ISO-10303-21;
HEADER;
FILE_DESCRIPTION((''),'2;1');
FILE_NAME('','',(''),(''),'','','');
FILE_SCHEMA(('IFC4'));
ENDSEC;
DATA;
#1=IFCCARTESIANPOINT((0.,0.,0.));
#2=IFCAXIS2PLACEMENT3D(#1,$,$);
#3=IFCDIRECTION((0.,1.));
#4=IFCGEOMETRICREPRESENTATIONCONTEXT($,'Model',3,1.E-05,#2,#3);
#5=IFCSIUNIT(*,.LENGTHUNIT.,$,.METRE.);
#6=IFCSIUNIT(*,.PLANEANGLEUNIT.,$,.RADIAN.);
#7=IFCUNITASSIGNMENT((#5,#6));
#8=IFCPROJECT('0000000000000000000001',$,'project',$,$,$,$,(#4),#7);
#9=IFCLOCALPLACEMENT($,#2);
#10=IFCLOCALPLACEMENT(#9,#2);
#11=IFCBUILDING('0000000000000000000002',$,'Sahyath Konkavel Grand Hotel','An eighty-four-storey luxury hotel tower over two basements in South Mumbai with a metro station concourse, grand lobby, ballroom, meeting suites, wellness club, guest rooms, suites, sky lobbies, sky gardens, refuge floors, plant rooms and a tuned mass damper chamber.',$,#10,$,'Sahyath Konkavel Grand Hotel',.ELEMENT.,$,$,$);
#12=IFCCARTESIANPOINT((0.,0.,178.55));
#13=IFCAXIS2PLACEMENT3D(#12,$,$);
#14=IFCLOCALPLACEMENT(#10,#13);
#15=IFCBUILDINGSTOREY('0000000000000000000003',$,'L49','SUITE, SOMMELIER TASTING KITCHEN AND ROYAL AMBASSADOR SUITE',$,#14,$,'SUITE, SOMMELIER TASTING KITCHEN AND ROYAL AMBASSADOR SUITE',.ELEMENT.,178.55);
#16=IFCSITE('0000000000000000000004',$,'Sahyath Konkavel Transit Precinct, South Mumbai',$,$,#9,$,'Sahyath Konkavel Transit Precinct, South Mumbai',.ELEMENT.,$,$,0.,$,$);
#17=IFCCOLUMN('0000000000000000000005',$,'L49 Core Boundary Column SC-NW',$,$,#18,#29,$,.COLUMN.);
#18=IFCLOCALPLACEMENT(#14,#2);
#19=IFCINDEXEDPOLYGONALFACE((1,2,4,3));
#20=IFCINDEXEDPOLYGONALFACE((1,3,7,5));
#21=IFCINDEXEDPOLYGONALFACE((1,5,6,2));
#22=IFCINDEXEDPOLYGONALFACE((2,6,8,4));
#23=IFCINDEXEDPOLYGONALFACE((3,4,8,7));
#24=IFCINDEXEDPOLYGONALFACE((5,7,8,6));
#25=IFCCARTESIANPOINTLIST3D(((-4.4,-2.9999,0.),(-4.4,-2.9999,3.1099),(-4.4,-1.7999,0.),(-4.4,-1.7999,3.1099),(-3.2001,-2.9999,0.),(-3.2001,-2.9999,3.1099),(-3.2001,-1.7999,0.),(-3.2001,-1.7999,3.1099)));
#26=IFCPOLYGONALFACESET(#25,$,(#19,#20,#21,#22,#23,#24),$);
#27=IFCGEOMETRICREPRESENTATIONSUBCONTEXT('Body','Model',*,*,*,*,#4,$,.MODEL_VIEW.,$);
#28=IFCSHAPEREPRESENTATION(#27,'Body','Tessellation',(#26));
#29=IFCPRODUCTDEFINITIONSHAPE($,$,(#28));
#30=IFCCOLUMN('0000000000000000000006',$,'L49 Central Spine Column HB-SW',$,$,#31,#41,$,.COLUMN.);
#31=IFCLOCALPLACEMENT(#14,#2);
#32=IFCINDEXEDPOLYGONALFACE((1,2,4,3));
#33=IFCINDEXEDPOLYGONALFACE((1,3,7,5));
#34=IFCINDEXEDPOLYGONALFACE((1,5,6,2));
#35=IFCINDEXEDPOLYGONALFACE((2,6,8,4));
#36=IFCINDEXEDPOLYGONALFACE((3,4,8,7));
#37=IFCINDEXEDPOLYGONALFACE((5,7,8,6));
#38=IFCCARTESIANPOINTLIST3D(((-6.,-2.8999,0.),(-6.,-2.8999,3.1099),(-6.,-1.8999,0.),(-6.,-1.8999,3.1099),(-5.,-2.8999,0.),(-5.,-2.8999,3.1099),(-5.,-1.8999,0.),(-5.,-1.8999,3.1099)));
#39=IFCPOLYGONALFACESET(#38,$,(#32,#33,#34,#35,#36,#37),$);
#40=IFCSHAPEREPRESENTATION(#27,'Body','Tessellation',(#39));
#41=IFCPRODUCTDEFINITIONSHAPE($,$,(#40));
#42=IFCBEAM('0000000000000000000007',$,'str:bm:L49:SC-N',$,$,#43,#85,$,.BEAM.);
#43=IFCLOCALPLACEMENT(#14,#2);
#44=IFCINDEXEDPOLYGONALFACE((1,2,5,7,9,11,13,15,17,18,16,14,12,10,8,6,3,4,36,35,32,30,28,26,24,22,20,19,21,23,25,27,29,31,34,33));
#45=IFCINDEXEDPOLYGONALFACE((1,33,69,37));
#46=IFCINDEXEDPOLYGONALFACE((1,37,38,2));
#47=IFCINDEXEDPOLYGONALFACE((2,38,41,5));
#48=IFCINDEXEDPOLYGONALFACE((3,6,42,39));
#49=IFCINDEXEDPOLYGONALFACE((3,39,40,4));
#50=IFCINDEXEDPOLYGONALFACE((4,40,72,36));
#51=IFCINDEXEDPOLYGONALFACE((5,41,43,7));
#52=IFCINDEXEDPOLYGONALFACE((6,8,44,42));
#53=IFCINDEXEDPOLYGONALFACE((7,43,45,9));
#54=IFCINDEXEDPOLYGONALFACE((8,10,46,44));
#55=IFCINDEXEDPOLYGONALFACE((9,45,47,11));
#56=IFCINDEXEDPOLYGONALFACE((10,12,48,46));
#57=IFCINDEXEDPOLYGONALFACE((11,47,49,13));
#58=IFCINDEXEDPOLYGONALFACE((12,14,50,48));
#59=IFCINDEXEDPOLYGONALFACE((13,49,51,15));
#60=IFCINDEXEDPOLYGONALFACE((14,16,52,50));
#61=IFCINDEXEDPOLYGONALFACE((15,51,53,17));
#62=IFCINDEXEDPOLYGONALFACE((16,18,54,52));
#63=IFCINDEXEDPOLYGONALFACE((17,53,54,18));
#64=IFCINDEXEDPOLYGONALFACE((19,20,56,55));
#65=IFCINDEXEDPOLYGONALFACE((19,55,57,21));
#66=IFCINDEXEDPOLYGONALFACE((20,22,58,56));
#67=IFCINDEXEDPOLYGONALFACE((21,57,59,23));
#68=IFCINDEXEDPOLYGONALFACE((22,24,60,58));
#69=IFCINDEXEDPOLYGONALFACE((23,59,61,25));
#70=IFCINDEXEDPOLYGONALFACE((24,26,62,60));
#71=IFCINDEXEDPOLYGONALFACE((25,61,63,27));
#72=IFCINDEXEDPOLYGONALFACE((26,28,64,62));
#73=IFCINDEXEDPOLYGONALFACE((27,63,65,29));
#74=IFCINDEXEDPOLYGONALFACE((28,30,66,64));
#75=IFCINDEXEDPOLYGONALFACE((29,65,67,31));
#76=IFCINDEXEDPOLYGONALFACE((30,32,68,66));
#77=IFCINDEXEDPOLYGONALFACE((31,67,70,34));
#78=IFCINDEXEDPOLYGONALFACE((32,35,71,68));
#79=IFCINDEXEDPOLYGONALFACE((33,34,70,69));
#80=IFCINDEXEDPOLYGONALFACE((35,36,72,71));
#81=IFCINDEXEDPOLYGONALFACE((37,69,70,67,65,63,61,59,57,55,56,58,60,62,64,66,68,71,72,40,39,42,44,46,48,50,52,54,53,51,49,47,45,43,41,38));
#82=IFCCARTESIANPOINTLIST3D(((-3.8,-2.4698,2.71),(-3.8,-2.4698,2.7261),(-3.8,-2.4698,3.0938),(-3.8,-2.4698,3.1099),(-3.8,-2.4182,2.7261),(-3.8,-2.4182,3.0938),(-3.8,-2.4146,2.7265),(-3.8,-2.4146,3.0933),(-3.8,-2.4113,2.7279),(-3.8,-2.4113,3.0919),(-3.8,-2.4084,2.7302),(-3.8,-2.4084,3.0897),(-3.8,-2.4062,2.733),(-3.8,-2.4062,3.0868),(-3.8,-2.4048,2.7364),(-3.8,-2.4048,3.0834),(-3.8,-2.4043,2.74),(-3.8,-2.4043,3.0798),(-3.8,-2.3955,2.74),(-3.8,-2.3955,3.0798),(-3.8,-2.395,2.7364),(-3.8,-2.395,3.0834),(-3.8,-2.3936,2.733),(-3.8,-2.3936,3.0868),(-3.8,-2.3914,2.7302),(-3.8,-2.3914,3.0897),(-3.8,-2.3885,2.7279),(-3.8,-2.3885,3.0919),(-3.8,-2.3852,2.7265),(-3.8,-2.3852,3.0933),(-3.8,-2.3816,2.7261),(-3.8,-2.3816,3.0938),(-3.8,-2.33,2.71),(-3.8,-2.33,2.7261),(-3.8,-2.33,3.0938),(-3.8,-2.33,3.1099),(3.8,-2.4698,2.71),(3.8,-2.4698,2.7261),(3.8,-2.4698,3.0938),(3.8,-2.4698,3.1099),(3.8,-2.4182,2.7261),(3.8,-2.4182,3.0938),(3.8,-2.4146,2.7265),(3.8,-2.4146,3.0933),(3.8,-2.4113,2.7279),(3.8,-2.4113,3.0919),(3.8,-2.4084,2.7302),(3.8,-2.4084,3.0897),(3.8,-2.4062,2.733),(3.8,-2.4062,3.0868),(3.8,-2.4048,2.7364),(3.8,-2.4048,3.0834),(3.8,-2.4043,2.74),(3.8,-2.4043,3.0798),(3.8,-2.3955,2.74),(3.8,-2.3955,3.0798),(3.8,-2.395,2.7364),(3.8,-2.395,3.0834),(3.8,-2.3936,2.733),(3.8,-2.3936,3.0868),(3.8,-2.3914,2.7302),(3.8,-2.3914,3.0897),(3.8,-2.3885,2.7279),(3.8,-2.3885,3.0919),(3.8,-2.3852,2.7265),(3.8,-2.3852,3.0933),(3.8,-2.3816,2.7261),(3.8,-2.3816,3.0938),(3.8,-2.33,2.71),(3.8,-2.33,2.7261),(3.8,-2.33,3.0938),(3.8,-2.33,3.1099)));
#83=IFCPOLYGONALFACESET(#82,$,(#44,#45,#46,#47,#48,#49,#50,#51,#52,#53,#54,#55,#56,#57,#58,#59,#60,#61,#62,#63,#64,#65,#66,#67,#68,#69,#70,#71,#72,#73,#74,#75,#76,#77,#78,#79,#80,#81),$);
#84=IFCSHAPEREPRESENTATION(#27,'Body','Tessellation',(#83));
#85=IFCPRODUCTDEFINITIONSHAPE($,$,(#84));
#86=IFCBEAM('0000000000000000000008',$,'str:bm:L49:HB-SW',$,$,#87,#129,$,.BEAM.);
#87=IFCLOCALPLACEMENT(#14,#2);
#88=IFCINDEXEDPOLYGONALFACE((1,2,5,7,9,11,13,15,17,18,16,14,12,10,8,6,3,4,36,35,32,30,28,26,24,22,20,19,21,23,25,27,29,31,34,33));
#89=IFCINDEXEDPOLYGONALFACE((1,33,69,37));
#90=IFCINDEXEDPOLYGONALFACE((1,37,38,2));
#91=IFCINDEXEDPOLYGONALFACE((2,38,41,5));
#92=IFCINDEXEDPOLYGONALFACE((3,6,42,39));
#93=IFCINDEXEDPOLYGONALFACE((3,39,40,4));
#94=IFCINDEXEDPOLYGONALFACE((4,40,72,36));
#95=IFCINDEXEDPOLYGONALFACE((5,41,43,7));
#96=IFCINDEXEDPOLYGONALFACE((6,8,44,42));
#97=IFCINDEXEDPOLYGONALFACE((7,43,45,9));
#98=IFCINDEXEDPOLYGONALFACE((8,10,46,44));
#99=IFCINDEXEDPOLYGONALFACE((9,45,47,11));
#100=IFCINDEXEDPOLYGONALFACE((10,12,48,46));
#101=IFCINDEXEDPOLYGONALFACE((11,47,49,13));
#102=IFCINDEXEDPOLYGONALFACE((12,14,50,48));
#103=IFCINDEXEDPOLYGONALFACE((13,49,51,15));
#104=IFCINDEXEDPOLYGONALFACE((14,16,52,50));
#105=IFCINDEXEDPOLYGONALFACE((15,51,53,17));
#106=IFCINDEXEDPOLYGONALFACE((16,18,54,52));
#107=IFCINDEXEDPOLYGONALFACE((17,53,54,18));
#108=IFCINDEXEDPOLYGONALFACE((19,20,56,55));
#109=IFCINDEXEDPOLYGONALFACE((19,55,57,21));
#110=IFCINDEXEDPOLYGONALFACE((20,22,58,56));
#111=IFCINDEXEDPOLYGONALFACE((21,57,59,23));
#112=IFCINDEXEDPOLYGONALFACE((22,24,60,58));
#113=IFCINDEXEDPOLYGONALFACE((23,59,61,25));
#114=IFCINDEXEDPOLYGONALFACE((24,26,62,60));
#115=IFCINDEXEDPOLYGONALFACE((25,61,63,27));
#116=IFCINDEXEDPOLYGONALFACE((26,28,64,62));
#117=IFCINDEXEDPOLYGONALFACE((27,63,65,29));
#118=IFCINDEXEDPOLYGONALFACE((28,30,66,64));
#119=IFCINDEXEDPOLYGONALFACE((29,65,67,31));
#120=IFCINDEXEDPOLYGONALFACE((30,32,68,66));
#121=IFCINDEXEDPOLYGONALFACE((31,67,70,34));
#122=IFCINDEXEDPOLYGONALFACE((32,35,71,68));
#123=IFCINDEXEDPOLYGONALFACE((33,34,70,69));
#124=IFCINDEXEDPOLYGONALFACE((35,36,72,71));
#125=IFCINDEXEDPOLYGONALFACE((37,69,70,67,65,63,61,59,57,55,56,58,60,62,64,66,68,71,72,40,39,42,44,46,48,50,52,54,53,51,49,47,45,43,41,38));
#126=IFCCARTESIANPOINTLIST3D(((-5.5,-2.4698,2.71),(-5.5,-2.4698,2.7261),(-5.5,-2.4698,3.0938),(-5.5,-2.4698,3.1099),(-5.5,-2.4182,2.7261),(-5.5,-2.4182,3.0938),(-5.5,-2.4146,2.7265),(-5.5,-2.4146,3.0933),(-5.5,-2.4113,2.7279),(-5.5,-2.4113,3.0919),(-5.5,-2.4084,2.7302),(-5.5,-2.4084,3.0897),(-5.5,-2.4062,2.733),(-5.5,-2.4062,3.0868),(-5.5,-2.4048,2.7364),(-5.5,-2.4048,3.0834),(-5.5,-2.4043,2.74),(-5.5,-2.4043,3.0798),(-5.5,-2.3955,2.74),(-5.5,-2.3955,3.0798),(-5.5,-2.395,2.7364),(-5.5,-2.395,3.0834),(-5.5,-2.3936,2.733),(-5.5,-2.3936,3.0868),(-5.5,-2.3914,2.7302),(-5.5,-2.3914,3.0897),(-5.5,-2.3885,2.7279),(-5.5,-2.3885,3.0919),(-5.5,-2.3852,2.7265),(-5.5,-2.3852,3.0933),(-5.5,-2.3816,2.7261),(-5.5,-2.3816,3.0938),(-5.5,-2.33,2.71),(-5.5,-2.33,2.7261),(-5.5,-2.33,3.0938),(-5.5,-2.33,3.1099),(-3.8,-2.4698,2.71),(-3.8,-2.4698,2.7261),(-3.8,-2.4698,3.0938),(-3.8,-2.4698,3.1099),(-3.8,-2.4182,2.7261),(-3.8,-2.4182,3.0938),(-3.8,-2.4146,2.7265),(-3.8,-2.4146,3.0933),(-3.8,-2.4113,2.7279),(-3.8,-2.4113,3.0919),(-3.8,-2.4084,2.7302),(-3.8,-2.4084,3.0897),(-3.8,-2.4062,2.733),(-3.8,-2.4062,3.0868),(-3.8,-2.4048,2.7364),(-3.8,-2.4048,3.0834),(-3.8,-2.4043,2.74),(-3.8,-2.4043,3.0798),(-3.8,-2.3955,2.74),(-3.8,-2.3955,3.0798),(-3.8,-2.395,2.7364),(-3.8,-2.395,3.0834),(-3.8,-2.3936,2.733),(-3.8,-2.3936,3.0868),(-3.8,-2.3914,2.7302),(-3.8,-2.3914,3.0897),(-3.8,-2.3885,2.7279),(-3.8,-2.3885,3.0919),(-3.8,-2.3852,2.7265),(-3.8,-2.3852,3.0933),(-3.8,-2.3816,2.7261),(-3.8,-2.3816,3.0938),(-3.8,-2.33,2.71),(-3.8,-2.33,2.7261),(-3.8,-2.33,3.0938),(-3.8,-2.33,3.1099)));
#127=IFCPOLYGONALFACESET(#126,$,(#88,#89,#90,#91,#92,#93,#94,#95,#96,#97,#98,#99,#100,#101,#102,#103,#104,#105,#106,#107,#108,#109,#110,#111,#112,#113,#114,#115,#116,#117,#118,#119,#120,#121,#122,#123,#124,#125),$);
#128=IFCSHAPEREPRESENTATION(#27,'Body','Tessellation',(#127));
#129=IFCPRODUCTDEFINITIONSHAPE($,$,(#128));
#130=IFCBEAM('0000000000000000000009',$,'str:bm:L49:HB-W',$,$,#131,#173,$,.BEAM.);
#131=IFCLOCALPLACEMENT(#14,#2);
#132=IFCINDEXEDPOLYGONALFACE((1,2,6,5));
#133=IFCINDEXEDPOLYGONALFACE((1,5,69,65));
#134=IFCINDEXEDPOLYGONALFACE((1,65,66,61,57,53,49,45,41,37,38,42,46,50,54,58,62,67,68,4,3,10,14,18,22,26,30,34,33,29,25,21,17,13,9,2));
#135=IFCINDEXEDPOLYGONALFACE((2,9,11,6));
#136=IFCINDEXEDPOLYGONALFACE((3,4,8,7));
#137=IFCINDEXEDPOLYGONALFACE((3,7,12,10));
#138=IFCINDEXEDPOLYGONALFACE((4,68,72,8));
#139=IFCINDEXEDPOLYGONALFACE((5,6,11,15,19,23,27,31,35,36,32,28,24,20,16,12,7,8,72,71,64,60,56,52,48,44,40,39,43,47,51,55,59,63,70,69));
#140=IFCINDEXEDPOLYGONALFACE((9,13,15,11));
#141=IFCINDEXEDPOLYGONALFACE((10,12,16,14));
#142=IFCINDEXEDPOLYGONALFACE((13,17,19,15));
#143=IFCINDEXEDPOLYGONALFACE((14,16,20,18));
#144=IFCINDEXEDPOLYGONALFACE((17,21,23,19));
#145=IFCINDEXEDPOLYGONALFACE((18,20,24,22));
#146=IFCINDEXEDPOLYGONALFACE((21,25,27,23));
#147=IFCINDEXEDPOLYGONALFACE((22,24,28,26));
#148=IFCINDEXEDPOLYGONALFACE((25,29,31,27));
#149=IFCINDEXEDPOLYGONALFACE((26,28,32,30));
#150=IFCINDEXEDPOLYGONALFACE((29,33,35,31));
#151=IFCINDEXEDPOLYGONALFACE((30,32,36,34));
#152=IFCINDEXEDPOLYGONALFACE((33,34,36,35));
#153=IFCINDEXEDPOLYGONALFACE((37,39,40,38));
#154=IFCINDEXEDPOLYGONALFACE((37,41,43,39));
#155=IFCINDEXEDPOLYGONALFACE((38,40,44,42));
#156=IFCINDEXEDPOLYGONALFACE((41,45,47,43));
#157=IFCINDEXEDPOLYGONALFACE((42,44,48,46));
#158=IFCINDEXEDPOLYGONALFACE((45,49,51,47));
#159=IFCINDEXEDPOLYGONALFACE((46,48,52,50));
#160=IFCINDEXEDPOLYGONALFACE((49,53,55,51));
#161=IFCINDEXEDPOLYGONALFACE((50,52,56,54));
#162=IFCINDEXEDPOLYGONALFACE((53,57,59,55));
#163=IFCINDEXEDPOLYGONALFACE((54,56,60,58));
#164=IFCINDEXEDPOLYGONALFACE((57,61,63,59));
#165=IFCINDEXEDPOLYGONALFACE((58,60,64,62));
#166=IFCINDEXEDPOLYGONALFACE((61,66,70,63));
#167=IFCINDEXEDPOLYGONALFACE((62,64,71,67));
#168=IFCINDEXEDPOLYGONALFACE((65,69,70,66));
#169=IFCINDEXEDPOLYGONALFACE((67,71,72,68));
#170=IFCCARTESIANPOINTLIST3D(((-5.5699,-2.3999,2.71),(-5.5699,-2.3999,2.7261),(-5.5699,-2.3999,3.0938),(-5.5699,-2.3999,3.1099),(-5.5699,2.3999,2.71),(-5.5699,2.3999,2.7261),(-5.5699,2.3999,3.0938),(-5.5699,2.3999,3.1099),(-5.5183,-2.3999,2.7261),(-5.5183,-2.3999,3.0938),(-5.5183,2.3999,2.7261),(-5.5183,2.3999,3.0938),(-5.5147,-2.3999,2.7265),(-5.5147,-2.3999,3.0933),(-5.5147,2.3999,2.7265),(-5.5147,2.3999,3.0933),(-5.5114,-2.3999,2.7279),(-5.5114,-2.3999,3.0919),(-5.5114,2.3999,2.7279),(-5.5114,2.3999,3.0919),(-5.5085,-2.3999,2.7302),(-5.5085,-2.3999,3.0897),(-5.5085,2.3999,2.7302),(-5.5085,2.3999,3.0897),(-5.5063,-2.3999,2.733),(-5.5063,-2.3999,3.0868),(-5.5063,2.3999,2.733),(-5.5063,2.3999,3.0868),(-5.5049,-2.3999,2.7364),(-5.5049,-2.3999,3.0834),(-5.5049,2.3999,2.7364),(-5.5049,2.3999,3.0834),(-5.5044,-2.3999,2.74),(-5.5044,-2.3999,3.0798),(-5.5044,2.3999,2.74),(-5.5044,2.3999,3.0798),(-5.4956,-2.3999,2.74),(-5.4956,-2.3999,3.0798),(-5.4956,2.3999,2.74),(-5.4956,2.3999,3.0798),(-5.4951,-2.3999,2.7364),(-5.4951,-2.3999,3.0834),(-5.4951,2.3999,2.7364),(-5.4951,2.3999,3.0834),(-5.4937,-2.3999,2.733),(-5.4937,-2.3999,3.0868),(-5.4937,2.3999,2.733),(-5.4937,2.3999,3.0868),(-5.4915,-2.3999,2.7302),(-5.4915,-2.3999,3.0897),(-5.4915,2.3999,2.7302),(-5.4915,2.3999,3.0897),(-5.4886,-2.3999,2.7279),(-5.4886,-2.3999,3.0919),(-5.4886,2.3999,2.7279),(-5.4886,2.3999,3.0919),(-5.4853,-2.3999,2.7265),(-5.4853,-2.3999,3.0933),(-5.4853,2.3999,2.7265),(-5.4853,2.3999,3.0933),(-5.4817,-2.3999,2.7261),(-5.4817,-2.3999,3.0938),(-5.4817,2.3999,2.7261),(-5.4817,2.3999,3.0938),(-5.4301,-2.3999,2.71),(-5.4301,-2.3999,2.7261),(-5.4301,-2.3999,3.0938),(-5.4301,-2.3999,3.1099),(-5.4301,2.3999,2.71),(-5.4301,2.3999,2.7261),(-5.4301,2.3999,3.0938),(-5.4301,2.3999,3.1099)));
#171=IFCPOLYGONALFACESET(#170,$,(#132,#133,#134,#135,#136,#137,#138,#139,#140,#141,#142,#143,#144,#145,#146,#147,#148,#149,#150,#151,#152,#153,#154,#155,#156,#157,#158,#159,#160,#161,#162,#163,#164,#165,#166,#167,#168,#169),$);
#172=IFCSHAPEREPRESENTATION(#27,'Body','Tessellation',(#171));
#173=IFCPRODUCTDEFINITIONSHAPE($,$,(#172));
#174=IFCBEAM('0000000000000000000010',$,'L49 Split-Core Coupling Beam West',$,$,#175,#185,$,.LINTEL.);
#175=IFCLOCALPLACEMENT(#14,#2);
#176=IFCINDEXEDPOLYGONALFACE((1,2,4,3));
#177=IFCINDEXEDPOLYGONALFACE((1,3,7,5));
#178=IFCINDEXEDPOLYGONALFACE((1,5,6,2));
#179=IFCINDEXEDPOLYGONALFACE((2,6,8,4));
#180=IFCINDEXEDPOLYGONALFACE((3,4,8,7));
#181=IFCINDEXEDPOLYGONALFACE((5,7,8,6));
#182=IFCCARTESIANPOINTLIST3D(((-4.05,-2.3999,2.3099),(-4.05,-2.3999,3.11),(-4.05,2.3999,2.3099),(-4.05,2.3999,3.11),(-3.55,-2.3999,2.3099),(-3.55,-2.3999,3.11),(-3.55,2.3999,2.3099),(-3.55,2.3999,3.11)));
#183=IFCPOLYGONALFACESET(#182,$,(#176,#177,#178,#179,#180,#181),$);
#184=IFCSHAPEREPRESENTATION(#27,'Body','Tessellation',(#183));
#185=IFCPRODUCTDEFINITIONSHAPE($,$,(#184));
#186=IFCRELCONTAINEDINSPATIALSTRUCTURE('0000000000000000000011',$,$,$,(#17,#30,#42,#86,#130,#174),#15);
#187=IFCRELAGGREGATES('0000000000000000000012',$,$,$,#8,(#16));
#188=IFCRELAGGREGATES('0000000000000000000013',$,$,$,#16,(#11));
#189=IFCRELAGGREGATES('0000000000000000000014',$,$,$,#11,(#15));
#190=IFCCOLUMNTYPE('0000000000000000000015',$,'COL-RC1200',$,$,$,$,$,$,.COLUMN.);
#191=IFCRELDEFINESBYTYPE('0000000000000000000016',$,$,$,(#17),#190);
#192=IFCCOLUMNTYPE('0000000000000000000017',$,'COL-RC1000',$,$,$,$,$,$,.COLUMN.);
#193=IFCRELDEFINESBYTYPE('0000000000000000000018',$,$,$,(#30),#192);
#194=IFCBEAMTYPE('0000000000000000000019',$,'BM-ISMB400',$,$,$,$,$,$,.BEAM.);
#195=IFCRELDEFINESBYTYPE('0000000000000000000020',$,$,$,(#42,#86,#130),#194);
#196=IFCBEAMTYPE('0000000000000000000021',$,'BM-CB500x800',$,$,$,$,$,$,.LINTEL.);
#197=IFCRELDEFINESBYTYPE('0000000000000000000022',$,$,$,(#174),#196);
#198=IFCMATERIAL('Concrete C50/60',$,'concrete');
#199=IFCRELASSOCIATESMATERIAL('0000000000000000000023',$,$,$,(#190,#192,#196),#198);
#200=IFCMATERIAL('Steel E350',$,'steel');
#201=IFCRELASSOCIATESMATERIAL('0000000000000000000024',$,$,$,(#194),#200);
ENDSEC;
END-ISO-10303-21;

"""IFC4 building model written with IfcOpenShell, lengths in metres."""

from ifc_helpers import new_model, si_unit, direction, frame, origin, origin_2d, place, context, subcontext, project, spatial, rectangle, i_section, extrude, source, transform, mapped, material, material_profile, profile_set, type_object, element, save


model = new_model("IFC4")

# Units and contexts
model_context = context("Model", 3, precision=1e-05, world=origin(), true_north=direction((0.0, 1.0)))
body_context = subcontext(model_context, "Body", "Model", "MODEL_VIEW")
ifc_project = project(units=[si_unit("LENGTHUNIT", "METRE"), si_unit("PLANEANGLEUNIT", "RADIAN")], contexts=[model_context])

# Site, building, storey
site_placement = place(None, origin())
site = spatial("IfcSite", under=ifc_project, at=site_placement, Name="Sahyath Konkavel Transit Precinct, South Mumbai", LongName="Sahyath Konkavel Transit Precinct, South Mumbai", CompositionType="ELEMENT", RefElevation=0.0)
building_placement = place(site_placement, origin())
building = spatial("IfcBuilding", under=site, at=building_placement, Name="Sahyath Konkavel Grand Hotel", Description="An eighty-four-storey luxury hotel tower over two basements in South Mumbai with a metro station concourse, grand lobby, ballroom, meeting suites, wellness club, guest rooms, suites, sky lobbies, sky gardens, refuge floors, plant rooms and a tuned mass damper chamber.", LongName="Sahyath Konkavel Grand Hotel", CompositionType="ELEMENT")
storey_placement = place(building_placement, frame((0.0, 0.0, 178.55)))
storey = spatial("IfcBuildingStorey", under=building, at=storey_placement, Name="L49", Description="SUITE, SOMMELIER TASTING KITCHEN AND ROYAL AMBASSADOR SUITE", LongName="SUITE, SOMMELIER TASTING KITCHEN AND ROYAL AMBASSADOR SUITE", CompositionType="ELEMENT", Elevation=178.55)

# Columns
ifc_material_1 = material(Name="Concrete C50/60", Category="concrete")
ifc_material_profile_1 = material_profile(ifc_material_1, rectangle(XDim=1.2, YDim=1.2, at=origin_2d()), Name="RC 1200x1200")
ifc_profile_set_1 = profile_set([ifc_material_profile_1], Name="Concrete C50/60")
column_type_1 = type_object("IfcColumnType", Name="COL-RC1200", PredefinedType="COLUMN", material=ifc_profile_set_1)
shared_shape_1 = source(origin(), body_context, "Body", "SweptSolid", [
    extrude(rectangle(XDim=1.2, YDim=1.2, at=origin_2d()), origin(), (0.0, 0.0, 1.0), 3.1099),
])
column_1_placement = place(storey_placement, frame((-3.8, -2.3999, 0.0), z_axis=(0.0, 0.0, 1.0), x_axis=(1.0, 0.0, 0.0)))
element("IfcColumn", 1, at=column_1_placement, inside=storey, type_object=column_type_1, Name="L49 Core Boundary Column SC-NW", PredefinedType="COLUMN", context=body_context, shape_type="MappedRepresentation", body=[
    mapped(shared_shape_1, transform((0.0, 0.0, 0.0), scale=1.0)),
])
ifc_material_profile_2 = material_profile(ifc_material_1, rectangle(XDim=1.0, YDim=1.0, at=origin_2d()), Name="RC 1000x1000")
ifc_profile_set_2 = profile_set([ifc_material_profile_2], Name="Concrete C50/60")
column_type_2 = type_object("IfcColumnType", Name="COL-RC1000", PredefinedType="COLUMN", material=ifc_profile_set_2)
shared_shape_2 = source(origin(), body_context, "Body", "SweptSolid", [
    extrude(rectangle(XDim=1.0, YDim=1.0, at=origin_2d()), origin(), (0.0, 0.0, 1.0), 3.1099),
])
column_2_placement = place(storey_placement, frame((-5.5, -2.3999, 0.0), z_axis=(0.0, 0.0, 1.0), x_axis=(1.0, 0.0, 0.0)))
element("IfcColumn", 2, at=column_2_placement, inside=storey, type_object=column_type_2, Name="L49 Central Spine Column HB-SW", PredefinedType="COLUMN", context=body_context, shape_type="MappedRepresentation", body=[
    mapped(shared_shape_2, transform((0.0, 0.0, 0.0), scale=1.0)),
])

# Beams
ifc_material_2 = material(Name="Steel E350", Category="steel")
ifc_material_profile_3 = material_profile(ifc_material_2, i_section(OverallWidth=0.1399, OverallDepth=0.3999, WebThickness=0.0088, FlangeThickness=0.0161, FilletRadius=0.0139, at=origin_2d()), Name="ISMB 400")
ifc_profile_set_3 = profile_set([ifc_material_profile_3], Name="Steel E350")
beam_type_1 = type_object("IfcBeamType", Name="BM-ISMB400", PredefinedType="BEAM", material=ifc_profile_set_3)
shared_shape_3 = source(origin(), body_context, "Body", "SweptSolid", [
    extrude(i_section(OverallWidth=0.1399, OverallDepth=0.3999, WebThickness=0.0088, FlangeThickness=0.0161, FilletRadius=0.0139, at=origin_2d()), origin(), (0.0, 0.0, 1.0), 7.6001),
])
beam_1_placement = place(storey_placement, frame((-3.8, -2.3999, 2.9099), z_axis=(1.0, 0.0, 0.0), x_axis=(0.0, 1.0, 0.0)))
element("IfcBeam", 3, at=beam_1_placement, inside=storey, type_object=beam_type_1, Name="str:bm:L49:SC-N", PredefinedType="BEAM", context=body_context, shape_type="MappedRepresentation", body=[
    mapped(shared_shape_3, transform((0.0, 0.0, 0.0), scale=1.0)),
])
shared_shape_4 = source(origin(), body_context, "Body", "SweptSolid", [
    extrude(i_section(OverallWidth=0.1399, OverallDepth=0.3999, WebThickness=0.0088, FlangeThickness=0.0161, FilletRadius=0.0139, at=origin_2d()), origin(), (0.0, 0.0, 1.0), 1.7),
])
beam_2_placement = place(storey_placement, frame((-5.5, -2.3999, 2.9099), z_axis=(1.0, 0.0, 0.0), x_axis=(0.0, 1.0, 0.0)))
element("IfcBeam", 4, at=beam_2_placement, inside=storey, type_object=beam_type_1, Name="str:bm:L49:HB-SW", PredefinedType="BEAM", context=body_context, shape_type="MappedRepresentation", body=[
    mapped(shared_shape_4, transform((0.0, 0.0, 0.0), scale=1.0)),
])
shared_shape_5 = source(origin(), body_context, "Body", "SweptSolid", [
    extrude(i_section(OverallWidth=0.1399, OverallDepth=0.3999, WebThickness=0.0088, FlangeThickness=0.0161, FilletRadius=0.0139, at=origin_2d()), origin(), (0.0, 0.0, 1.0), 4.7998),
])
beam_3_placement = place(storey_placement, frame((-5.5, -2.3999, 2.9099), z_axis=(0.0, 1.0, 0.0), x_axis=(-1.0, 0.0, 0.0)))
element("IfcBeam", 5, at=beam_3_placement, inside=storey, type_object=beam_type_1, Name="str:bm:L49:HB-W", PredefinedType="BEAM", context=body_context, shape_type="MappedRepresentation", body=[
    mapped(shared_shape_5, transform((0.0, 0.0, 0.0), scale=1.0)),
])
ifc_material_profile_4 = material_profile(ifc_material_1, rectangle(XDim=0.5, YDim=0.8, at=origin_2d()), Name="RC 500x800")
ifc_profile_set_4 = profile_set([ifc_material_profile_4], Name="Concrete C50/60")
beam_type_2 = type_object("IfcBeamType", Name="BM-CB500x800", PredefinedType="LINTEL", material=ifc_profile_set_4)
shared_shape_6 = source(origin(), body_context, "Body", "SweptSolid", [
    extrude(rectangle(XDim=0.5, YDim=0.8, at=origin_2d()), origin(), (0.0, 0.0, 1.0), 4.7998),
])
beam_4_placement = place(storey_placement, frame((-3.8, -2.3999, 2.71), z_axis=(0.0, 1.0, 0.0), x_axis=(-1.0, 0.0, 0.0)))
element("IfcBeam", 6, at=beam_4_placement, inside=storey, type_object=beam_type_2, Name="L49 Split-Core Coupling Beam West", PredefinedType="LINTEL", context=body_context, shape_type="MappedRepresentation", body=[
    mapped(shared_shape_6, transform((0.0, 0.0, 0.0), scale=1.0)),
])

save(model, "model.ifc")
